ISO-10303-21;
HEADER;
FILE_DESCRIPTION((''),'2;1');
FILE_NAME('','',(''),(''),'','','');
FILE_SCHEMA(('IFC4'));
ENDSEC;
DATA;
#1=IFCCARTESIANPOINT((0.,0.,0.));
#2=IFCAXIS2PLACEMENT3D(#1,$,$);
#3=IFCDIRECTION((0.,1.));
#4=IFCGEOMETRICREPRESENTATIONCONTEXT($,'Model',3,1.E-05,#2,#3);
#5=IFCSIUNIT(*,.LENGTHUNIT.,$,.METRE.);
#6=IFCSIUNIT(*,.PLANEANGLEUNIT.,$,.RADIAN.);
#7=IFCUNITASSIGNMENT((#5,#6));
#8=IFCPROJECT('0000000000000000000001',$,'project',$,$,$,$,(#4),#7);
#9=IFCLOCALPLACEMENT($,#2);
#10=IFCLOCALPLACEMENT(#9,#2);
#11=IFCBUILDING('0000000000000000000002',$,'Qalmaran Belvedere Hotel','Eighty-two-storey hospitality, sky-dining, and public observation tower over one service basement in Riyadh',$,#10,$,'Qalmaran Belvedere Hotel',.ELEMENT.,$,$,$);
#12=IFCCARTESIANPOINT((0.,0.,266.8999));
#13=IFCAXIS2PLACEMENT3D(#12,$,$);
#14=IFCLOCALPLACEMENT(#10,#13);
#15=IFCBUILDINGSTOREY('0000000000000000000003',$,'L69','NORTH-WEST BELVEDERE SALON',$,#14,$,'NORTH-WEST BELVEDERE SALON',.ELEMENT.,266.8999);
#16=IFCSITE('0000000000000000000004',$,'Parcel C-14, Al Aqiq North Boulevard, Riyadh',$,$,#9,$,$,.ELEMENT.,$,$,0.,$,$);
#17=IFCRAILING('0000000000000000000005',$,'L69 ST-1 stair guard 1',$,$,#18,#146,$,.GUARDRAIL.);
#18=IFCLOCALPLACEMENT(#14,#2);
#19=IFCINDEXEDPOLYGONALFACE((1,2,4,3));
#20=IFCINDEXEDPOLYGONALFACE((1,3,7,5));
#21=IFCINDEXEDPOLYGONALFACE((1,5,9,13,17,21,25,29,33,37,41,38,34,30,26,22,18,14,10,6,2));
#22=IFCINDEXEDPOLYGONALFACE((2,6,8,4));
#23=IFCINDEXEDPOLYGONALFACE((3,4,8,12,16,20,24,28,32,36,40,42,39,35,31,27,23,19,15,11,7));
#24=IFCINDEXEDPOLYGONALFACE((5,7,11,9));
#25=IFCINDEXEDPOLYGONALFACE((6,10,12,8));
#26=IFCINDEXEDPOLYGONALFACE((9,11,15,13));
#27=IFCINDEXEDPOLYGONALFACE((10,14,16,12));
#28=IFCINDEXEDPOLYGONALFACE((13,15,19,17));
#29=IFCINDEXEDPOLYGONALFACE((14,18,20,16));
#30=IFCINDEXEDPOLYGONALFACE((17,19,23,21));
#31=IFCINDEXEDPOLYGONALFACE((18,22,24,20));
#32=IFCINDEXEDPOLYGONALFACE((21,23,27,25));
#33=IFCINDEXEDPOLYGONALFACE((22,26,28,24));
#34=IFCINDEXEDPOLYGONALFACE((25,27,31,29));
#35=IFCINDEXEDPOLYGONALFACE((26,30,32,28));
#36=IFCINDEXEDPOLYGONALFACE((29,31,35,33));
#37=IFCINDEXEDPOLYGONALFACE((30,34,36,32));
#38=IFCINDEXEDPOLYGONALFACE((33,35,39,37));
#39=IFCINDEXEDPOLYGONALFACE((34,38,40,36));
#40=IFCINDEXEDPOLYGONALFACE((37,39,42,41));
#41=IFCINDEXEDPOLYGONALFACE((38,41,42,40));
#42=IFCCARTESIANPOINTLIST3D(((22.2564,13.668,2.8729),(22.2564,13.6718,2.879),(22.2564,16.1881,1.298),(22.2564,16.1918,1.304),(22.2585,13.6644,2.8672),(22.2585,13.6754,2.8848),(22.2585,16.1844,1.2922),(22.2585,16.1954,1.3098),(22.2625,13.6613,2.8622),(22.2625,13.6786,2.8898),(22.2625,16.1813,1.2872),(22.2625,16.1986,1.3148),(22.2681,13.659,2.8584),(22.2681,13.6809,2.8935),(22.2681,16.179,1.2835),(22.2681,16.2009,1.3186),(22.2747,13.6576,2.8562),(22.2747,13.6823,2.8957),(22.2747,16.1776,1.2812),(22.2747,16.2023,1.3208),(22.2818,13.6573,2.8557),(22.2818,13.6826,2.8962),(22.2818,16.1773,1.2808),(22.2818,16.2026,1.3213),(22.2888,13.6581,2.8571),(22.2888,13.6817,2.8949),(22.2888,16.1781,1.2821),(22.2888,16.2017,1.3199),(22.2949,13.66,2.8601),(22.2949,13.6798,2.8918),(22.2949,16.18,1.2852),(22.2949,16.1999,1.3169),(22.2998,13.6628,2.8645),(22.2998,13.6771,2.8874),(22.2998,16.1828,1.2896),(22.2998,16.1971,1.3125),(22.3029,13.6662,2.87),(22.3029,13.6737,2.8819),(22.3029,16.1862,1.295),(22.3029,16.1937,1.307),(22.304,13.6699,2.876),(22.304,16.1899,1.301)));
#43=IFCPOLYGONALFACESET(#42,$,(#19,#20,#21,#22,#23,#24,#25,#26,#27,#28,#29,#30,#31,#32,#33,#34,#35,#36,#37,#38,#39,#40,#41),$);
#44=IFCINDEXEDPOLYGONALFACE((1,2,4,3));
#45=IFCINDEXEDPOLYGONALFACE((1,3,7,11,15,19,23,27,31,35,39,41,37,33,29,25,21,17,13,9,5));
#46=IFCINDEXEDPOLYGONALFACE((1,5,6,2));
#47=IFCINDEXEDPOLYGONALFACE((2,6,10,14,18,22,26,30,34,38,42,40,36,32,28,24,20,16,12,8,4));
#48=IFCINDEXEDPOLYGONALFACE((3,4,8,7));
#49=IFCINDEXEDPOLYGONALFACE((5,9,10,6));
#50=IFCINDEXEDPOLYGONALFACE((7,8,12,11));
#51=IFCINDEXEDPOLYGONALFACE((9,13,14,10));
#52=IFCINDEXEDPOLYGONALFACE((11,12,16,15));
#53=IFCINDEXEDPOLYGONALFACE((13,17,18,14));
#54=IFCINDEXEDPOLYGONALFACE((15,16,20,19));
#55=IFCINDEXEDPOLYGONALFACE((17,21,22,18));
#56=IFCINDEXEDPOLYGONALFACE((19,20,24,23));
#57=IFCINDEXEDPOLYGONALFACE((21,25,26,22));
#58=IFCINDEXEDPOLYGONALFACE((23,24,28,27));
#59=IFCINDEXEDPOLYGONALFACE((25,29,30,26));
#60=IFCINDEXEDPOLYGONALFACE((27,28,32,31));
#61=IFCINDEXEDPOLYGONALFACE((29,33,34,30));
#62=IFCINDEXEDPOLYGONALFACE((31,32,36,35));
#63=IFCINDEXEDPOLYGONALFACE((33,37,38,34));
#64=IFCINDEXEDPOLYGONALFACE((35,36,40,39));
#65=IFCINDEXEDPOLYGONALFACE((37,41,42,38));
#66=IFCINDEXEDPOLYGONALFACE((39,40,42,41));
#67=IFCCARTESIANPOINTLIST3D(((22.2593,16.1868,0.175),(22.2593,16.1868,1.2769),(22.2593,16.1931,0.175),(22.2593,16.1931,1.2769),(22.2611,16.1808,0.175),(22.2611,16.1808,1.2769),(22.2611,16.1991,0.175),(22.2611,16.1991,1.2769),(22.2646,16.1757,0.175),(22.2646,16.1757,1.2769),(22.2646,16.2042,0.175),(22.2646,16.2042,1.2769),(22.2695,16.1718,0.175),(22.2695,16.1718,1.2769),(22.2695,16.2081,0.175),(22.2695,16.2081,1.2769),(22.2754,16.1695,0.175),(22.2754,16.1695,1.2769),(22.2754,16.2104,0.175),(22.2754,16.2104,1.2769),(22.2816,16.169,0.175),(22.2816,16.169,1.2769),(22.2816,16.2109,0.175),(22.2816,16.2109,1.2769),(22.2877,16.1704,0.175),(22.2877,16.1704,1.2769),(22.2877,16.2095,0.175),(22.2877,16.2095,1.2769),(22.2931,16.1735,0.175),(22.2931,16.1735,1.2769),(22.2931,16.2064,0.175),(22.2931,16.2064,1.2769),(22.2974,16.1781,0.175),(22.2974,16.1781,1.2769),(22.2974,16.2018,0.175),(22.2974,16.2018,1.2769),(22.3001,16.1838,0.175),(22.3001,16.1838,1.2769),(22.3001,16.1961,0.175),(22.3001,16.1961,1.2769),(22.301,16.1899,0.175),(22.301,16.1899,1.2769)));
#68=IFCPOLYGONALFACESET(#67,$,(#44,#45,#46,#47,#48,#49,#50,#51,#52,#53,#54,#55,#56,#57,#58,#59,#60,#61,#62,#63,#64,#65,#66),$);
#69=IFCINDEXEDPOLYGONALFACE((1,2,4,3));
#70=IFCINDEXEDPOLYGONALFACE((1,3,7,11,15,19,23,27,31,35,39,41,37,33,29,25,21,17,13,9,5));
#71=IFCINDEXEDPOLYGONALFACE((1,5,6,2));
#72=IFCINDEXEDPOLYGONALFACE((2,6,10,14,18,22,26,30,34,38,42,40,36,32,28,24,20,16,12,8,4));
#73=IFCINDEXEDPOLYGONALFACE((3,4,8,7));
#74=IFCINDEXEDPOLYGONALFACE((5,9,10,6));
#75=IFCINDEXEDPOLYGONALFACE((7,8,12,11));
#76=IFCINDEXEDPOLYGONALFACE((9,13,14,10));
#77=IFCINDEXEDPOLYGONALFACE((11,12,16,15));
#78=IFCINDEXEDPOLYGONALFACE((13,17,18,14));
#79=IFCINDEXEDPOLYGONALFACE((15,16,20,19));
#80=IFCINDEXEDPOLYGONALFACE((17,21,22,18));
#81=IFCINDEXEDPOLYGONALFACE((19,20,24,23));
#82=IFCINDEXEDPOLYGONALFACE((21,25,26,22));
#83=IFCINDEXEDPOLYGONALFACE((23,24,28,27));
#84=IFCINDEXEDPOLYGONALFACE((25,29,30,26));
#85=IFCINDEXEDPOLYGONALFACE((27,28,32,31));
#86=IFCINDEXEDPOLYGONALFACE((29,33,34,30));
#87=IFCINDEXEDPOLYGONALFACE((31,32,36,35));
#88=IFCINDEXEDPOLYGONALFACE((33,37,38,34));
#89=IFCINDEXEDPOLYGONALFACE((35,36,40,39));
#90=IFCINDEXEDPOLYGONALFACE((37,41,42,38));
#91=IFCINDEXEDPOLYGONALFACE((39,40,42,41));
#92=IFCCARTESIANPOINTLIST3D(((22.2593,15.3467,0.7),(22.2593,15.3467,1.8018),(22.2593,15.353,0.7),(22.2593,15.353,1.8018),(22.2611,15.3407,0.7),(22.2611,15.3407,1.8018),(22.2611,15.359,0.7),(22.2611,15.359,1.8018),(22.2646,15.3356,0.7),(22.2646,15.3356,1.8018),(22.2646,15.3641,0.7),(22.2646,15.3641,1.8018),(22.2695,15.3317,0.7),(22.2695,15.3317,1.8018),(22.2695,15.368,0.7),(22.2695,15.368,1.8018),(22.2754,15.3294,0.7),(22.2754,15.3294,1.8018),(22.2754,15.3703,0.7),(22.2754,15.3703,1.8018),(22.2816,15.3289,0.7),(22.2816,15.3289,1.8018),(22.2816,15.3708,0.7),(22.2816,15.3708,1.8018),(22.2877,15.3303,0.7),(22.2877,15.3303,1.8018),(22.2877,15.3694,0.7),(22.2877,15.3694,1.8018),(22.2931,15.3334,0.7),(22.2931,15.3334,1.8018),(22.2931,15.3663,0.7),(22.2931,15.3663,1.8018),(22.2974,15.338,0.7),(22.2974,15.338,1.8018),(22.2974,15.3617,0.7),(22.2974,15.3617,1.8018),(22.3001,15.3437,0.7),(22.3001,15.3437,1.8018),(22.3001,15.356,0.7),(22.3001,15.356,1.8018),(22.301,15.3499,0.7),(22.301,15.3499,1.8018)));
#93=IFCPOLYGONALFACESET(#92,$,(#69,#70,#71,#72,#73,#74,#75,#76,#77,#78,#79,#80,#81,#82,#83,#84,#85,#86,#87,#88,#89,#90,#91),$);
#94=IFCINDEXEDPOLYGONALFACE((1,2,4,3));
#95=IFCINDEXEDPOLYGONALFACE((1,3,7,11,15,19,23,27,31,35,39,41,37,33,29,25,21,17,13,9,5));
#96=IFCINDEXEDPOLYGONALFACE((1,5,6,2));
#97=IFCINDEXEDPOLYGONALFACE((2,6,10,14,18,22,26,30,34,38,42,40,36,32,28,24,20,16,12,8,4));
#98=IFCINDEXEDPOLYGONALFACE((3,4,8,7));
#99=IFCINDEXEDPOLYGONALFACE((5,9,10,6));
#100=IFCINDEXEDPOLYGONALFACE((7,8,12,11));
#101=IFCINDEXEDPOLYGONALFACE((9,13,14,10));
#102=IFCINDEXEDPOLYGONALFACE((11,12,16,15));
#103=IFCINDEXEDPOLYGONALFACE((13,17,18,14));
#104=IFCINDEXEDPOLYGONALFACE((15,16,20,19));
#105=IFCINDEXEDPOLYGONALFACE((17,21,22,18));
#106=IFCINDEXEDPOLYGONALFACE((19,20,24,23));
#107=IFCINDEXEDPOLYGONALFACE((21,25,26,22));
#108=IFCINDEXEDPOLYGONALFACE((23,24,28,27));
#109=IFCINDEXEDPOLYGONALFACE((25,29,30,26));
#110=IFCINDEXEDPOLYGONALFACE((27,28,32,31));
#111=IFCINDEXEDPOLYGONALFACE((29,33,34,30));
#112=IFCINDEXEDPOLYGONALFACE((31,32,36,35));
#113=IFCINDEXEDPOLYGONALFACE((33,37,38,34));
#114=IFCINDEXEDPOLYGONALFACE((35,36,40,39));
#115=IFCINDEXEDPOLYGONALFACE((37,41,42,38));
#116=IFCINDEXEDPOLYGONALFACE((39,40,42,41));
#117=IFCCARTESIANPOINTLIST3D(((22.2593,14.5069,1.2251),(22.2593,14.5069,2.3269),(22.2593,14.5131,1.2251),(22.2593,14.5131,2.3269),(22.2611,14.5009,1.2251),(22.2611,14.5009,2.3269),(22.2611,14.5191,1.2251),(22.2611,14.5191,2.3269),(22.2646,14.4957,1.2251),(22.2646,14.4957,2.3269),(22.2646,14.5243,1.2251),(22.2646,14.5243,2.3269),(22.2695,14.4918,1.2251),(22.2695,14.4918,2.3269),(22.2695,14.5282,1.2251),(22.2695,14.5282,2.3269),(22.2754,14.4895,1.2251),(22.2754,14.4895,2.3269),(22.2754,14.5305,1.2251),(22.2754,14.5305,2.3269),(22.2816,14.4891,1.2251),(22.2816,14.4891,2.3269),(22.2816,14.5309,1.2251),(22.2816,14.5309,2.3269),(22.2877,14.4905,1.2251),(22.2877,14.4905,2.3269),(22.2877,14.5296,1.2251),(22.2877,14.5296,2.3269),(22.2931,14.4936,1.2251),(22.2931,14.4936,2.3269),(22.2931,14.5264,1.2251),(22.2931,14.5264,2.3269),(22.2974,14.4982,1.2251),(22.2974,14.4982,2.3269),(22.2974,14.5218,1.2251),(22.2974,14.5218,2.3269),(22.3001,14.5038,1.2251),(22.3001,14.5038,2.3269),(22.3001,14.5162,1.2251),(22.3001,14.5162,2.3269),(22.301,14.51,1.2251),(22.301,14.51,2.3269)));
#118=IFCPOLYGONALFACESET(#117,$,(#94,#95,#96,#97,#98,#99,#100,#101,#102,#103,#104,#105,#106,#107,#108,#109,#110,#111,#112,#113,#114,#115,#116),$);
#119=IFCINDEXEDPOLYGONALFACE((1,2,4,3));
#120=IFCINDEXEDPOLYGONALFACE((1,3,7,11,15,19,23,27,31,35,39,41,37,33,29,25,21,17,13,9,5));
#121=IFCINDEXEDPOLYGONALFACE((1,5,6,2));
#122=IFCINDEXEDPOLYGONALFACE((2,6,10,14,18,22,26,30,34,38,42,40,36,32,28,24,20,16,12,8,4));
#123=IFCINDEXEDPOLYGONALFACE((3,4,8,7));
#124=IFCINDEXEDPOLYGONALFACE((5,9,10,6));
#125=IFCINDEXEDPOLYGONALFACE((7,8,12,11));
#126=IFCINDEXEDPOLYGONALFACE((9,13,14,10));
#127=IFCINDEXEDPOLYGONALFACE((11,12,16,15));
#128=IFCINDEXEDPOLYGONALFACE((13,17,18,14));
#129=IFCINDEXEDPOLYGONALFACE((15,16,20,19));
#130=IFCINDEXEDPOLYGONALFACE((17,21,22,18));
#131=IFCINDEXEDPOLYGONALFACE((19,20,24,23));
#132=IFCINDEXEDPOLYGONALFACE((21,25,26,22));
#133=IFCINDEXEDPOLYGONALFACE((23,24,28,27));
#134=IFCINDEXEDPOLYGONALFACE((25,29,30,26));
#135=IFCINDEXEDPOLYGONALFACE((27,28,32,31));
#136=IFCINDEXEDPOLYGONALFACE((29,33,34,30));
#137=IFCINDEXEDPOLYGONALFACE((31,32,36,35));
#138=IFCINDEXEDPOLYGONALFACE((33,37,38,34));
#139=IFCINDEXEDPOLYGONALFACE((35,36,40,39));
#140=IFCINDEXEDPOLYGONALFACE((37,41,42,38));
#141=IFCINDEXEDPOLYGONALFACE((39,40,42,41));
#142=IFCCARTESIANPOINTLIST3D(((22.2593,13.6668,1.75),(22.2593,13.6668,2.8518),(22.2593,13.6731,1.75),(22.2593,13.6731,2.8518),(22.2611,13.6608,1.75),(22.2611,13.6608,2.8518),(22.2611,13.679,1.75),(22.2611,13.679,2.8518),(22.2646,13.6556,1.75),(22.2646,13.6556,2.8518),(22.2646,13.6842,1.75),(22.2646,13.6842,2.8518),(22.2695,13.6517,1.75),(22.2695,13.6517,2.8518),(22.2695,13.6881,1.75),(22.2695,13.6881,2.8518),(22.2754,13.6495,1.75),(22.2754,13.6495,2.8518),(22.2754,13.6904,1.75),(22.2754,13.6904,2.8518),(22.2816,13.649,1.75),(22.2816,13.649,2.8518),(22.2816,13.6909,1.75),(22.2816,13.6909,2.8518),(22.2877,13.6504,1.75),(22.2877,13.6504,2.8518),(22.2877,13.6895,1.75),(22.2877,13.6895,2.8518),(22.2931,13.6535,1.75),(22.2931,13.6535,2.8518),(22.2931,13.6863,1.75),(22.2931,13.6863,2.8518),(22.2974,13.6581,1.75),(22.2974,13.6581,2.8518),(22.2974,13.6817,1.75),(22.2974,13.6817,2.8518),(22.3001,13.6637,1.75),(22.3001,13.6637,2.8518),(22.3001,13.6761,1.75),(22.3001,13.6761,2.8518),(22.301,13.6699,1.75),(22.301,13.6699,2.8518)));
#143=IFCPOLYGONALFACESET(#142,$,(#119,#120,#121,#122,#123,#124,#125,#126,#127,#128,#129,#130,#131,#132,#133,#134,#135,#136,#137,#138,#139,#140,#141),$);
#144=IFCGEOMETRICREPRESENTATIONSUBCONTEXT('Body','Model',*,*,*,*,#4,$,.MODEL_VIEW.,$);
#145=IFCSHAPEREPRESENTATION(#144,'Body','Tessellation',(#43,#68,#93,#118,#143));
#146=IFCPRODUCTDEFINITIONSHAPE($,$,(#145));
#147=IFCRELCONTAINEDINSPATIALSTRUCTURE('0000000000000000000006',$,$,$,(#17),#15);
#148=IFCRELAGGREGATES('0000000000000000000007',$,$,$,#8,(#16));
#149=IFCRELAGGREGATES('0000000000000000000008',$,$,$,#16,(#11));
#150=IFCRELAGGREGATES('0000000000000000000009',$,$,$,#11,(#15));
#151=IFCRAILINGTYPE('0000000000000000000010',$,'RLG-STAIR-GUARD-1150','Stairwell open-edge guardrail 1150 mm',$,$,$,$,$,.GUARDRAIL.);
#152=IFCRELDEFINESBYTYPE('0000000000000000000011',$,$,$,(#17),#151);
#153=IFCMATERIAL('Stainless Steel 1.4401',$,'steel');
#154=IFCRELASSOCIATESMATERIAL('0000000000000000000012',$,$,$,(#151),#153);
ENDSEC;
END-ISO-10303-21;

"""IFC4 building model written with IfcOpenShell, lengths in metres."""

from ifc_helpers import new_model, si_unit, direction, frame, origin, origin_2d, place, context, subcontext, project, spatial, circle, extrude, material, type_object, element, save


model = new_model("IFC4")

# Units and contexts
model_context = context("Model", 3, precision=1e-05, world=origin(), true_north=direction((0.0, 1.0)))
body_context = subcontext(model_context, "Body", "Model", "MODEL_VIEW")
ifc_project = project(units=[si_unit("LENGTHUNIT", "METRE"), si_unit("PLANEANGLEUNIT", "RADIAN")], contexts=[model_context])

# Site, building, storey
site_placement = place(None, origin())
site = spatial("IfcSite", under=ifc_project, at=site_placement, Name="Parcel C-14, Al Aqiq North Boulevard, Riyadh", CompositionType="ELEMENT", RefElevation=0.0)
building_placement = place(site_placement, origin())
building = spatial("IfcBuilding", under=site, at=building_placement, Name="Qalmaran Belvedere Hotel", Description="Eighty-two-storey hospitality, sky-dining, and public observation tower over one service basement in Riyadh", LongName="Qalmaran Belvedere Hotel", CompositionType="ELEMENT")
storey_placement = place(building_placement, frame((0.0, 0.0, 266.8999)))
storey = spatial("IfcBuildingStorey", under=building, at=storey_placement, Name="L69", Description="NORTH-WEST BELVEDERE SALON", LongName="NORTH-WEST BELVEDERE SALON", CompositionType="ELEMENT", Elevation=266.8999)

# Shared definitions
ifc_material_1 = material(Name="Stainless Steel 1.4401", Category="steel")

# Railing
railing_type_1 = type_object("IfcRailingType", Name="RLG-STAIR-GUARD-1150", Description="Stairwell open-edge guardrail 1150 mm", PredefinedType="GUARDRAIL", material=ifc_material_1)
railing_1_placement = place(storey_placement, frame((22.28, 16.1899, 0.175)))
element("IfcRailing", 1, at=railing_1_placement, inside=storey, type_object=railing_type_1, Name="L69 ST-1 stair guard 1", PredefinedType="GUARDRAIL", context=body_context, shape_type="SweptSolid", body=[
    extrude(circle(Radius=0.0239, at=origin_2d()), frame((0.0, 0.0, 1.126), z_axis=(0.0, -0.848008, 0.529984), x_axis=(1.0, 0.0, 0.0)), (0.0, 0.0, 1.0), 2.9717),
    extrude(circle(Radius=0.021, at=origin_2d()), origin(), (0.0, 0.0, 1.0), 1.1018),
    extrude(circle(Radius=0.021, at=origin_2d()), frame((0.0, -0.8401, 0.5249)), (0.0, 0.0, 1.0), 1.1018),
    extrude(circle(Radius=0.021, at=origin_2d()), frame((0.0, -1.6799, 1.05)), (0.0, 0.0, 1.0), 1.1018),
    extrude(circle(Radius=0.021, at=origin_2d()), frame((0.0, -2.52, 1.575)), (0.0, 0.0, 1.0), 1.1018),
])

save(model, "model.ifc")
